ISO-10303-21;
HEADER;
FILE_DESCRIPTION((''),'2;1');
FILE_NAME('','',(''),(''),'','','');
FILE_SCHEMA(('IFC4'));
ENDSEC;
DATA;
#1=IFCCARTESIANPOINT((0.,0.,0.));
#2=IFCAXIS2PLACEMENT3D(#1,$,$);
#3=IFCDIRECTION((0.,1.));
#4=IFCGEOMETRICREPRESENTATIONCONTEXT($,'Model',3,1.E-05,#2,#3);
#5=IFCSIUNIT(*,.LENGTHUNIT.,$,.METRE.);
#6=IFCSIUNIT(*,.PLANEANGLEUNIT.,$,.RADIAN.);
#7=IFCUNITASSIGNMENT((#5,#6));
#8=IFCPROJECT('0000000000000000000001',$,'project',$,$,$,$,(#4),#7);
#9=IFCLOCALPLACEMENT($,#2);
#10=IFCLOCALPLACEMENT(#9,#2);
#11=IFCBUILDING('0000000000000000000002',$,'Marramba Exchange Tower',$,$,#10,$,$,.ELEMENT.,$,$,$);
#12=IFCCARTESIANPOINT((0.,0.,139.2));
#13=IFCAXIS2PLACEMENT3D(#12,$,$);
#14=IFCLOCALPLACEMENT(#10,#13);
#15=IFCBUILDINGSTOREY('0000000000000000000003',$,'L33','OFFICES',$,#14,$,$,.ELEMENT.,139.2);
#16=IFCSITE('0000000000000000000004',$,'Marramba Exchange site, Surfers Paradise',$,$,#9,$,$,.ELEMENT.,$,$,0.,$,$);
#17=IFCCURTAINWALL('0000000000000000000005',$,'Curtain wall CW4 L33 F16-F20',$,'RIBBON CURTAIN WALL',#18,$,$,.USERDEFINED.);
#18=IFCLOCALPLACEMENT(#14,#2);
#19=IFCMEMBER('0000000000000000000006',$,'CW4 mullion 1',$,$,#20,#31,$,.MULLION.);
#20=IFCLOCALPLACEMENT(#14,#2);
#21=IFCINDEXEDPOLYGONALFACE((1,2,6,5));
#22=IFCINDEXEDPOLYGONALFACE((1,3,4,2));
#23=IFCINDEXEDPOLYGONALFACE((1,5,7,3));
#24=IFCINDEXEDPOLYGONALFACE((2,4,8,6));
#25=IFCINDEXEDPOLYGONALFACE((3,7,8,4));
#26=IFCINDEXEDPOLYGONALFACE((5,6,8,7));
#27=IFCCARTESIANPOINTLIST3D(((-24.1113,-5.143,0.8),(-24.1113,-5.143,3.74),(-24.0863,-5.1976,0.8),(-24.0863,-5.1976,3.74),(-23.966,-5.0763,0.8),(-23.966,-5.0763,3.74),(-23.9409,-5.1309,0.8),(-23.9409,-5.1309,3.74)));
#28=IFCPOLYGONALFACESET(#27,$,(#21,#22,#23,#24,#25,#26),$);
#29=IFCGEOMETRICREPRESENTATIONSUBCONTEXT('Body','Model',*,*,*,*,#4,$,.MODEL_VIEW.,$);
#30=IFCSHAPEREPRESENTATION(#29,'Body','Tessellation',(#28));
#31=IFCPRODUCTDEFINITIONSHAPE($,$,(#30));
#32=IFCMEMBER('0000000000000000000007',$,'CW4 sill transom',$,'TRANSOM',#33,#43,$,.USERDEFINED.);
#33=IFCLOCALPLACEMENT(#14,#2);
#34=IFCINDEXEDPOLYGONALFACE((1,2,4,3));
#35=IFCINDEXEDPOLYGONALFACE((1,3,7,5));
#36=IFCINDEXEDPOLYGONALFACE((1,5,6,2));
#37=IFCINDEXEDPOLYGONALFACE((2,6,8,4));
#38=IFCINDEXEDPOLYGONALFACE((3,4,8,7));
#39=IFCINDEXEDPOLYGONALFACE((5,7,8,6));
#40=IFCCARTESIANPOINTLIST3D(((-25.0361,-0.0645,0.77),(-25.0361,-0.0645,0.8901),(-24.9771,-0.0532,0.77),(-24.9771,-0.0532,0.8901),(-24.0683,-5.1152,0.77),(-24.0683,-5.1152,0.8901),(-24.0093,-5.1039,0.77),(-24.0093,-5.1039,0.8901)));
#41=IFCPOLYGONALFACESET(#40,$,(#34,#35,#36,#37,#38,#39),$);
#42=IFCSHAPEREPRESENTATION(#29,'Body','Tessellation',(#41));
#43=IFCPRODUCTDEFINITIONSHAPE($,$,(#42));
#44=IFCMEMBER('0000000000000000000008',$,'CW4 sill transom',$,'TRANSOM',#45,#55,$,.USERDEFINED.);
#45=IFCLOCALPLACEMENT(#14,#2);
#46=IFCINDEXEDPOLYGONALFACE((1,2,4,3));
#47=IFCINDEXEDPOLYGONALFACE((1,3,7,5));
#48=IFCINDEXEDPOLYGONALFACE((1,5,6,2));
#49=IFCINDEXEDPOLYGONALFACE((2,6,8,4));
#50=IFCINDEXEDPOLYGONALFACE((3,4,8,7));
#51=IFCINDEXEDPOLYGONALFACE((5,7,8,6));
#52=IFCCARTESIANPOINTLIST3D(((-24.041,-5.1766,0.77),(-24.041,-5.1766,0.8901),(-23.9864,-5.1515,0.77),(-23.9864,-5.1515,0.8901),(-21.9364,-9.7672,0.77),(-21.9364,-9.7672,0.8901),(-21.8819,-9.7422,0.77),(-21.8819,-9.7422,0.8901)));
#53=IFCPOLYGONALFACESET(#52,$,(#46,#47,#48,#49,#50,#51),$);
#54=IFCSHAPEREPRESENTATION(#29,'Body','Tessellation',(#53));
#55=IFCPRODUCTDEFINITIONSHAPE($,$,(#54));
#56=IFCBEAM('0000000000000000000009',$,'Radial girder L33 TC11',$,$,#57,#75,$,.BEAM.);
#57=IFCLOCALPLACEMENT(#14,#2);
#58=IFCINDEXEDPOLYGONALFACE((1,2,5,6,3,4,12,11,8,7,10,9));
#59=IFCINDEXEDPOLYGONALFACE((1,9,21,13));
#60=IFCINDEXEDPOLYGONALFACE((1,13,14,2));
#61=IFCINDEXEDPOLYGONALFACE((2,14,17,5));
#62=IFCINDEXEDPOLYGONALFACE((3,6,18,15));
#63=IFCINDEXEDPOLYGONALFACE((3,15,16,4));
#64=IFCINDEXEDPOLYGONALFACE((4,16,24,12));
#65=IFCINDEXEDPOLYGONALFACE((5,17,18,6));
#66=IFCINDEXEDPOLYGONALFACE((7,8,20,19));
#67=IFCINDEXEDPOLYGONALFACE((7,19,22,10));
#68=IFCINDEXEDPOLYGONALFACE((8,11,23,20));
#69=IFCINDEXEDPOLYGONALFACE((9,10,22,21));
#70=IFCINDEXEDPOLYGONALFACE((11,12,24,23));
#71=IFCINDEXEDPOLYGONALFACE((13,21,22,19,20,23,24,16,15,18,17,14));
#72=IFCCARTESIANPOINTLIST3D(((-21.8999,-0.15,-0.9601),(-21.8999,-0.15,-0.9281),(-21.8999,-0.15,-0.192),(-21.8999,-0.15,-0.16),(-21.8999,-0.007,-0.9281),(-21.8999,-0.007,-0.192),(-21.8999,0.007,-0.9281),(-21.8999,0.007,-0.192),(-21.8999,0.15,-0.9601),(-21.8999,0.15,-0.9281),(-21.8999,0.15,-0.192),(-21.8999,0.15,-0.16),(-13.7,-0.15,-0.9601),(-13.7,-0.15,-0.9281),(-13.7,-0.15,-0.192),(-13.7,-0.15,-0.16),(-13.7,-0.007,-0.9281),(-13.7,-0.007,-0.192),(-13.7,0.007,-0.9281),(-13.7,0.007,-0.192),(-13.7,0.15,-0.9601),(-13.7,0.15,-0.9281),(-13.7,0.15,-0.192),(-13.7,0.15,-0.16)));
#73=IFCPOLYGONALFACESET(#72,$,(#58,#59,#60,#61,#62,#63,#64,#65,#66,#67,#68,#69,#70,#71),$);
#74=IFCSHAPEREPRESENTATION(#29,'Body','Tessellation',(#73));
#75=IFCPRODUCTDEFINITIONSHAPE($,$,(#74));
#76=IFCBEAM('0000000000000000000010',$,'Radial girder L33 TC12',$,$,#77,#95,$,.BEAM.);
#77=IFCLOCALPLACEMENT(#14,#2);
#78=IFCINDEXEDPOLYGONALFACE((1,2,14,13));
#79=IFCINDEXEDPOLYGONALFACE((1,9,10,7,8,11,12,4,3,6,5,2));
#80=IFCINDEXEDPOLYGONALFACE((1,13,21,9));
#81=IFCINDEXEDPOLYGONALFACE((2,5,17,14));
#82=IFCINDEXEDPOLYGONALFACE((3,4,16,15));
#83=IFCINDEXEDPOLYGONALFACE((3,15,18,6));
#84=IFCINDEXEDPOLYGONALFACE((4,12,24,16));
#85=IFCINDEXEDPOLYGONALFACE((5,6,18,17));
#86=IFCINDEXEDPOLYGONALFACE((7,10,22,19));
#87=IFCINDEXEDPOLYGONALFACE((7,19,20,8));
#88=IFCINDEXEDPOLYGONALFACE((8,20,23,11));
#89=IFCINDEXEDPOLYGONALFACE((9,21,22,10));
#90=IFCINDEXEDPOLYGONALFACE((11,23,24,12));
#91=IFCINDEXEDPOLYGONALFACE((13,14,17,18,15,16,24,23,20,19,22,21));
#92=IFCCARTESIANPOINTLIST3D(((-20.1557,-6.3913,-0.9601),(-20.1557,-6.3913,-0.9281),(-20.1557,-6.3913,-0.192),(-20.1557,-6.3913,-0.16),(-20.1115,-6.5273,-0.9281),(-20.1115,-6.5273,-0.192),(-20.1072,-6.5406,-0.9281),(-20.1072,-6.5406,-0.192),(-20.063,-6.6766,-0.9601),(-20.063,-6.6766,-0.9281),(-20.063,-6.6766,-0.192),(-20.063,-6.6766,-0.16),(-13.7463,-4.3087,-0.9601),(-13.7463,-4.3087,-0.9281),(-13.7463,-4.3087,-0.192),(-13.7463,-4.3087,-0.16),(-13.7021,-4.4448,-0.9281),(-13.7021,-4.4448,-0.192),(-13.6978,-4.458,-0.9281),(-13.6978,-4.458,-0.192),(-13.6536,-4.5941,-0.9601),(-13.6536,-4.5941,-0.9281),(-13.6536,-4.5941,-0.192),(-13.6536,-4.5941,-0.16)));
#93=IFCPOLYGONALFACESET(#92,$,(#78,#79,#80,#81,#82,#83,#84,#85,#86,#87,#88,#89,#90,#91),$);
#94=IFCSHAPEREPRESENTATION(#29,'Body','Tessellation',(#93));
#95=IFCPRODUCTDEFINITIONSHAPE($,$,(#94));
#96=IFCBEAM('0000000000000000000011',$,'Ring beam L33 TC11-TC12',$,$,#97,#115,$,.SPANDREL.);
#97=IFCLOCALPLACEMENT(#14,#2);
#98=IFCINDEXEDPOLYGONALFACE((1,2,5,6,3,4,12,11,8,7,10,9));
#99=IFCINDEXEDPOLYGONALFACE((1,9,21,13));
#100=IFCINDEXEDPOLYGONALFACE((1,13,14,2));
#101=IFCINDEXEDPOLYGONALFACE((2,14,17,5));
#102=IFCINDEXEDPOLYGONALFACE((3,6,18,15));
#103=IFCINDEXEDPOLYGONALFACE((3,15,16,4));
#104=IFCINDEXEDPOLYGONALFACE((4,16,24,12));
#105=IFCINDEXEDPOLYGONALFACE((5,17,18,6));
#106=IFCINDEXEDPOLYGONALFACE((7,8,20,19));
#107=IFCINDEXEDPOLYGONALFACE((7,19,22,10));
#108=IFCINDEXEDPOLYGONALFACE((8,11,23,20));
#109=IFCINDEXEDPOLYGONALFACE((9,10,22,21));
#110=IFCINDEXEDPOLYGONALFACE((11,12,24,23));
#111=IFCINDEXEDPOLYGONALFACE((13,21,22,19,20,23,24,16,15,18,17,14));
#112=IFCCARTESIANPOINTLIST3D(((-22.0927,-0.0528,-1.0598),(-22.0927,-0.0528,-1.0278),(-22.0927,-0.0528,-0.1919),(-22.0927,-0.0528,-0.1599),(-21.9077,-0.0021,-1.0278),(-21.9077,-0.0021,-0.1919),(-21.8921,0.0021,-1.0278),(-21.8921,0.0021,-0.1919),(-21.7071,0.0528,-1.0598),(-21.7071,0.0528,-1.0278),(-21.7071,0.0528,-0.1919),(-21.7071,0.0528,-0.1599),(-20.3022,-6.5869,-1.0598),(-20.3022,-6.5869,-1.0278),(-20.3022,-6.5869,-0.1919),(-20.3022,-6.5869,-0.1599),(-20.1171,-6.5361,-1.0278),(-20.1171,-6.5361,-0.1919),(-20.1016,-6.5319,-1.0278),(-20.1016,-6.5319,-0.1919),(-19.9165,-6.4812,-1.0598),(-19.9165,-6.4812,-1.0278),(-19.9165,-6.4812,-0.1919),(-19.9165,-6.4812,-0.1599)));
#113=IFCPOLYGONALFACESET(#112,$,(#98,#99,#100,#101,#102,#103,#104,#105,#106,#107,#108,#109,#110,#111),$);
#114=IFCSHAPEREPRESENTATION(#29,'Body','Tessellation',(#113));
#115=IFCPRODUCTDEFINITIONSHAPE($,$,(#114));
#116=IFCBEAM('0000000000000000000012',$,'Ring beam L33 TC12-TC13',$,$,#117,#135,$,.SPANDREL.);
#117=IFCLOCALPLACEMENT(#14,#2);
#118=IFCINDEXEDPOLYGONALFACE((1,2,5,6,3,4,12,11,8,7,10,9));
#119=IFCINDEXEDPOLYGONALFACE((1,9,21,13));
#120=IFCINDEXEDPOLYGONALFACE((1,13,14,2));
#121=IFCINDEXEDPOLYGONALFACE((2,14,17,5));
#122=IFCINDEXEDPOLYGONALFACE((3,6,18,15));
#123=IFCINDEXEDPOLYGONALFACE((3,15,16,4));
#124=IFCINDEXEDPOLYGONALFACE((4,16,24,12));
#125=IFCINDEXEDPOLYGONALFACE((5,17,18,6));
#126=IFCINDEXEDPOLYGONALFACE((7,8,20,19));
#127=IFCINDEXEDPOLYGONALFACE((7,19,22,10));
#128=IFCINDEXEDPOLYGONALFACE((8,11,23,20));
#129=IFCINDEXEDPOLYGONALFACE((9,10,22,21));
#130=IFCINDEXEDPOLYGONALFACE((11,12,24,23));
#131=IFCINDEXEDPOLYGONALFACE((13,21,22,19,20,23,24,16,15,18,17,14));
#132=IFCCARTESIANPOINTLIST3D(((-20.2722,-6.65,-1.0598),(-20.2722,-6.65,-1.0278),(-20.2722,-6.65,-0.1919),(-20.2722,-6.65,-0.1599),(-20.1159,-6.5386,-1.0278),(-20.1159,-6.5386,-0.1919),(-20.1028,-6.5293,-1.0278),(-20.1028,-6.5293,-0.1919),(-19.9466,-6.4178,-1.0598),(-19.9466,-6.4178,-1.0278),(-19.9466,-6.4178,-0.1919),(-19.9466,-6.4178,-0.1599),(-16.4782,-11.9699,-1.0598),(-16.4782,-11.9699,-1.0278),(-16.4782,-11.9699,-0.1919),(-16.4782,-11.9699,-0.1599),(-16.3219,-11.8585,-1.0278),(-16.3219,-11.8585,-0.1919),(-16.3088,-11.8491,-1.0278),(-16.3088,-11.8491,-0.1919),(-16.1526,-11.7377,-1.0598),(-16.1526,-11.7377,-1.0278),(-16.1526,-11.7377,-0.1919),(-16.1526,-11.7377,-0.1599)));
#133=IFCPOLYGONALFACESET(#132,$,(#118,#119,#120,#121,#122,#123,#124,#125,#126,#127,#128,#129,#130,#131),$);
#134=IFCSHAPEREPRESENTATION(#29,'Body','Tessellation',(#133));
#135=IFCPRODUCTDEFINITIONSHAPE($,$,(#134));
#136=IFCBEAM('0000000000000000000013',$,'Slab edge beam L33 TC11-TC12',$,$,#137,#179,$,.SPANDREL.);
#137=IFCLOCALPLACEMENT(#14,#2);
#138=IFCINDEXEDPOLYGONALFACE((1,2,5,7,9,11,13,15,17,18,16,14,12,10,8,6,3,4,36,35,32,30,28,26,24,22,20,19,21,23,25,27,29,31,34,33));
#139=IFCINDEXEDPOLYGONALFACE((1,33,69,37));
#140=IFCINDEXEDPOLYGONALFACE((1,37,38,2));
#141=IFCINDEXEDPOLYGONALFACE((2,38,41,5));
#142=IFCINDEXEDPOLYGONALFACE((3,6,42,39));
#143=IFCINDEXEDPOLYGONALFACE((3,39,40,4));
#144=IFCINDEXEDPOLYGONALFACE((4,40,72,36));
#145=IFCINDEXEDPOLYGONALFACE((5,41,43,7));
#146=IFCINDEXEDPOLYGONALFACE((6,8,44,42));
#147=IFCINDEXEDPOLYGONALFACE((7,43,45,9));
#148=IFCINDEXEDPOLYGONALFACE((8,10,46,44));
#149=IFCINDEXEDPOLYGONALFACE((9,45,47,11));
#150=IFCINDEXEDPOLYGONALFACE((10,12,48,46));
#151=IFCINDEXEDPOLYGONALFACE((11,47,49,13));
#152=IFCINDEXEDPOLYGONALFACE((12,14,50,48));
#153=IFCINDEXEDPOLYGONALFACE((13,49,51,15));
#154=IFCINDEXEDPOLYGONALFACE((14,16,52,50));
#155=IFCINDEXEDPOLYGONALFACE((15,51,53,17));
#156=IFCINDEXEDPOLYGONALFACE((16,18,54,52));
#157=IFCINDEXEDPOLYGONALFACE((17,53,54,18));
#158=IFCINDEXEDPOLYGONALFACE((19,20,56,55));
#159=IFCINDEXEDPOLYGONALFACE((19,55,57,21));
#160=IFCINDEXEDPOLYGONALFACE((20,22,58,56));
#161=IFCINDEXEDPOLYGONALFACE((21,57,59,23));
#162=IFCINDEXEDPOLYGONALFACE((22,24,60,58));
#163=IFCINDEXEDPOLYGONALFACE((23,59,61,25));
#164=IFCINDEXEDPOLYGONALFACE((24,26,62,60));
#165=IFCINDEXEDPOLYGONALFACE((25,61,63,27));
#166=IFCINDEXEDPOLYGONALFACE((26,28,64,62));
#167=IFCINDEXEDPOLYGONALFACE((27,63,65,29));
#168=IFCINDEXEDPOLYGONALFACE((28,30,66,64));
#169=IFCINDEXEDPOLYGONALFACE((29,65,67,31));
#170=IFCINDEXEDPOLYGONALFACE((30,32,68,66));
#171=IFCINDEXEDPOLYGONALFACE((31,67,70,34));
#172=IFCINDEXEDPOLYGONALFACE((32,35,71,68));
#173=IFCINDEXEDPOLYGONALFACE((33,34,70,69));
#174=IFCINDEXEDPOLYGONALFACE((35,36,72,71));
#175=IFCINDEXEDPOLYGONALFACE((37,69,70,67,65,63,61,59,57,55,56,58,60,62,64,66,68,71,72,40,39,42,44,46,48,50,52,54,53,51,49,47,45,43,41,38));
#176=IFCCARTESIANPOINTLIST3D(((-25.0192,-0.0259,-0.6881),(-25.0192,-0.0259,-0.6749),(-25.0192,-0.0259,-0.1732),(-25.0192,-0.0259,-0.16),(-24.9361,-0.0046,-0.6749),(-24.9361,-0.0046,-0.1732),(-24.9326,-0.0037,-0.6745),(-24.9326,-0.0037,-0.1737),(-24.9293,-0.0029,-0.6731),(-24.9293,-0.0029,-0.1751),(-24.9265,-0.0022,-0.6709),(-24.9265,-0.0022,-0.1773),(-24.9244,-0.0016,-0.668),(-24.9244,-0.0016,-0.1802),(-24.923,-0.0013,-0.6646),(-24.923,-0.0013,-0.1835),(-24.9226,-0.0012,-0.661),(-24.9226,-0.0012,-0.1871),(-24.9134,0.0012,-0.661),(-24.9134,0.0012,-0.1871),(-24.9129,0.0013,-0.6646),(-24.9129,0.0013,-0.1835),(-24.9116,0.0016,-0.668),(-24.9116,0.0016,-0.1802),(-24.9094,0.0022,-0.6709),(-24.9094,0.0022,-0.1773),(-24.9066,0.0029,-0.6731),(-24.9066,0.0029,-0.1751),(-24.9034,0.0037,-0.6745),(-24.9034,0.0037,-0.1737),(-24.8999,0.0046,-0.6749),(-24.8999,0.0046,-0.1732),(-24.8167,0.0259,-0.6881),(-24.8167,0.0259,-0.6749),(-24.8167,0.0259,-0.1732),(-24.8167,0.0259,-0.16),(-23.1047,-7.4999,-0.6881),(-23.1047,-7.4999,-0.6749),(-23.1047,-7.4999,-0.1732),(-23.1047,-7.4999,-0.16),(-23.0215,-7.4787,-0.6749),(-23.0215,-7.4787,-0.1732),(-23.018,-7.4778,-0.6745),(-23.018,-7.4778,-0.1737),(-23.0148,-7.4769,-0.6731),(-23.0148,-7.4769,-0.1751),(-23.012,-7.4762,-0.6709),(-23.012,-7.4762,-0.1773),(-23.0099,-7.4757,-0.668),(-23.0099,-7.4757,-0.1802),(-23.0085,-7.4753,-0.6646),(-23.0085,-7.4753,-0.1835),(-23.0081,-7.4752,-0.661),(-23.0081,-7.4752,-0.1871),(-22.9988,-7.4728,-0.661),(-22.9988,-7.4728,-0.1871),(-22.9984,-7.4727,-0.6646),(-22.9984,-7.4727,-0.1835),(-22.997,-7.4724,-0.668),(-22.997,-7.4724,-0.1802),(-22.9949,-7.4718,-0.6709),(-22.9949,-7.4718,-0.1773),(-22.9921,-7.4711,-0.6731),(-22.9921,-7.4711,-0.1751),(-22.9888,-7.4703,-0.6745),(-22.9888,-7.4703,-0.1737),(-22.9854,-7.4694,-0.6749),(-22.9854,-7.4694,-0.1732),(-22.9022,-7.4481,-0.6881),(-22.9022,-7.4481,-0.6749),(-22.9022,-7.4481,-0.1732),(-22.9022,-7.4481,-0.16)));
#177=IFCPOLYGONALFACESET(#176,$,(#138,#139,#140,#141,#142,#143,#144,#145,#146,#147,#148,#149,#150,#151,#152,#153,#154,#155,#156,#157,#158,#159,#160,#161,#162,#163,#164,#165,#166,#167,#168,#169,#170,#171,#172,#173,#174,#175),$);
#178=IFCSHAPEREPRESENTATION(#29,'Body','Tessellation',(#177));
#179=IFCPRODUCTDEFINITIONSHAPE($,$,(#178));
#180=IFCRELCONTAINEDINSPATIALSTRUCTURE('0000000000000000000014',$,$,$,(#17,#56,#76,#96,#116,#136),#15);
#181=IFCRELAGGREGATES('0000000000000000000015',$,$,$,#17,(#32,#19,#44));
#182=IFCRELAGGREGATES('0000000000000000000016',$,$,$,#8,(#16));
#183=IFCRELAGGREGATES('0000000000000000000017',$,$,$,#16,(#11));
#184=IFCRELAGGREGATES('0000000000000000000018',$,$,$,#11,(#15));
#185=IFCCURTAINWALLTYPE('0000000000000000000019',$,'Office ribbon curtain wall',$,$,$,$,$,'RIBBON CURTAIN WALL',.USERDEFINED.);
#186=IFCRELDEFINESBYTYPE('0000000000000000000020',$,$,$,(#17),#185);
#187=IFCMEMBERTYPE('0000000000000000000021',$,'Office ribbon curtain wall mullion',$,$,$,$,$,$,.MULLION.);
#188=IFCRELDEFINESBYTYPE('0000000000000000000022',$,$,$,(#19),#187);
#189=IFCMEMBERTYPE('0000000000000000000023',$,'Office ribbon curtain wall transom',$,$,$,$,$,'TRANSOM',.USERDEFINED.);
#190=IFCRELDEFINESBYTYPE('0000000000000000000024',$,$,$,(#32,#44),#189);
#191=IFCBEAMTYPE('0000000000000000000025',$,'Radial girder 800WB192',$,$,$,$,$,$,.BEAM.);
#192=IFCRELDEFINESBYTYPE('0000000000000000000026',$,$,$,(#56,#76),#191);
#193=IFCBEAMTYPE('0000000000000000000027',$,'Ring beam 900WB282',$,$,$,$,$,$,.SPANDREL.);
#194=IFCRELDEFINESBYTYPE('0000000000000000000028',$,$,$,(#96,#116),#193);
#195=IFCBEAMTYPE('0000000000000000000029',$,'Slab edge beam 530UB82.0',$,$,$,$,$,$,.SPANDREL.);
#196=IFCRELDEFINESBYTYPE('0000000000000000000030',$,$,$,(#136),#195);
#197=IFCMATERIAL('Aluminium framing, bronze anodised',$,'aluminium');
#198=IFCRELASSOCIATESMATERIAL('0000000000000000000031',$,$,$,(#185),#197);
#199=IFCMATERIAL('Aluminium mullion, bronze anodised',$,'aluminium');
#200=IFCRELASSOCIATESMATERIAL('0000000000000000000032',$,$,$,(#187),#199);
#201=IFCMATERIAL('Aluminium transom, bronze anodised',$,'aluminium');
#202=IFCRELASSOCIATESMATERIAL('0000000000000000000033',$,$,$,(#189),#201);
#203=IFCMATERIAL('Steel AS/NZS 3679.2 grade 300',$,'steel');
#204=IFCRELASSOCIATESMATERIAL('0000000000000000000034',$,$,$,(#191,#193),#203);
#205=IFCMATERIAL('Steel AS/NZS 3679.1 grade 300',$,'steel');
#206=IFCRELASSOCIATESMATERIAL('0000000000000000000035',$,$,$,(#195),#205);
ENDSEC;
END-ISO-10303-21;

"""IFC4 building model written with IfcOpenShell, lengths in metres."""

from ifc_helpers import new_model, si_unit, direction, frame, origin, origin_2d, place, context, subcontext, project, spatial, rectangle, i_section, extrude, material, material_profile, profile_set, type_object, element, aggregate, save


model = new_model("IFC4")

# Units and contexts
model_context = context("Model", 3, precision=1e-05, world=origin(), true_north=direction((0.0, 1.0)))
body_context = subcontext(model_context, "Body", "Model", "MODEL_VIEW")
ifc_project = project(units=[si_unit("LENGTHUNIT", "METRE"), si_unit("PLANEANGLEUNIT", "RADIAN")], contexts=[model_context])

# Site, building, storey
site_placement = place(None, origin())
site = spatial("IfcSite", under=ifc_project, at=site_placement, Name="Marramba Exchange site, Surfers Paradise", CompositionType="ELEMENT", RefElevation=0.0)
building_placement = place(site_placement, origin())
building = spatial("IfcBuilding", under=site, at=building_placement, Name="Marramba Exchange Tower", CompositionType="ELEMENT")
storey_placement = place(building_placement, frame((0.0, 0.0, 139.2)))
storey = spatial("IfcBuildingStorey", under=building, at=storey_placement, Name="L33", Description="OFFICES", CompositionType="ELEMENT", Elevation=139.2)

# Shared definitions
ifc_material_1 = material(Name="Steel AS/NZS 3679.2 grade 300", Category="steel")
ifc_material_2 = material(Name="Steel AS/NZS 3679.1 grade 300", Category="steel")

# Curtain wall, members
ifc_material_3 = material(Name="Aluminium framing, bronze anodised", Category="aluminium")
curtain_wall_type = type_object("IfcCurtainWallType", Name="Office ribbon curtain wall", ElementType="RIBBON CURTAIN WALL", PredefinedType="USERDEFINED", material=ifc_material_3)
curtain_wall_placement = place(storey_placement, origin())
curtain_wall = element("IfcCurtainWall", 1, at=curtain_wall_placement, inside=storey, type_object=curtain_wall_type, Name="Curtain wall CW4 L33 F16-F20", ObjectType="RIBBON CURTAIN WALL", PredefinedType="USERDEFINED")
ifc_material_4 = material(Name="Aluminium mullion, bronze anodised", Category="aluminium")
ifc_material_profile_1 = material_profile(ifc_material_4, rectangle(XDim=0.1599, YDim=0.0601, at=origin_2d()), Name="CW4 mullion 60x160")
ifc_profile_set_1 = profile_set([ifc_material_profile_1], Name="Aluminium mullion, bronze anodised")
member_type_1 = type_object("IfcMemberType", Name="Office ribbon curtain wall mullion", PredefinedType="MULLION", material=ifc_profile_set_1)
member_1_placement = place(storey_placement, frame((-24.0261, -5.137, 0.8), z_axis=(0.0, 0.0, 1.0), x_axis=(0.909027, 0.416738, 0.0)))
member_1 = element("IfcMember", 2, at=member_1_placement, type_object=member_type_1, Name="CW4 mullion 1", PredefinedType="MULLION", context=body_context, shape_type="SweptSolid", body=[
    extrude(rectangle(XDim=0.1599, YDim=0.0601, at=origin_2d()), origin(), (0.0, 0.0, 1.0), 2.9399),
])
ifc_material_5 = material(Name="Aluminium transom, bronze anodised", Category="aluminium")
ifc_material_profile_2 = material_profile(ifc_material_5, rectangle(XDim=0.0601, YDim=0.1201, at=origin_2d()), Name="CW4 transom 60x120")
ifc_profile_set_2 = profile_set([ifc_material_profile_2], Name="Aluminium transom, bronze anodised")
member_type_2 = type_object("IfcMemberType", Name="Office ribbon curtain wall transom", ElementType="TRANSOM", PredefinedType="USERDEFINED", material=ifc_profile_set_2)
member_2_placement = place(storey_placement, frame((-25.0066, -0.0588, 0.8301), z_axis=(0.188185, -0.982134, 0.0), x_axis=(0.982134, 0.188185, 0.0)))
member_2 = element("IfcMember", 3, at=member_2_placement, type_object=member_type_2, Name="CW4 sill transom", ObjectType="TRANSOM", PredefinedType="USERDEFINED", context=body_context, shape_type="SweptSolid", body=[
    extrude(rectangle(XDim=0.0601, YDim=0.1201, at=origin_2d()), origin(), (0.0, 0.0, 1.0), 5.1426),
])
member_3_placement = place(storey_placement, frame((-24.0137, -5.1641, 0.8301), z_axis=(0.416733, -0.909029, 0.0), x_axis=(0.909029, 0.416733, 0.0)))
member_3 = element("IfcMember", 4, at=member_3_placement, type_object=member_type_2, Name="CW4 sill transom", ObjectType="TRANSOM", PredefinedType="USERDEFINED", context=body_context, shape_type="SweptSolid", body=[
    extrude(rectangle(XDim=0.0601, YDim=0.1201, at=origin_2d()), origin(), (0.0, 0.0, 1.0), 5.05),
])

# Beams
ifc_material_profile_3 = material_profile(ifc_material_1, i_section(OverallWidth=0.3, OverallDepth=0.8, WebThickness=0.0139, FlangeThickness=0.032, at=origin_2d()), Name="800WB192")
ifc_profile_set_3 = profile_set([ifc_material_profile_3], Name="Steel AS/NZS 3679.2 grade 300")
beam_type_1 = type_object("IfcBeamType", Name="Radial girder 800WB192", PredefinedType="BEAM", material=ifc_profile_set_3)
beam_1_placement = place(storey_placement, frame((-13.7, 0.0, -0.5601), z_axis=(-1.0, 0.0, 0.0), x_axis=(0.0, -1.0, 0.0)))
element("IfcBeam", 5, at=beam_1_placement, inside=storey, type_object=beam_type_1, Name="Radial girder L33 TC11", PredefinedType="BEAM", context=body_context, shape_type="SweptSolid", body=[
    extrude(i_section(OverallWidth=0.3, OverallDepth=0.8, WebThickness=0.0139, FlangeThickness=0.032, at=origin_2d()), origin(), (0.0, 0.0, 1.0), 8.2),
])
beam_2_placement = place(storey_placement, frame((-13.7, -4.4514, -0.5601), z_axis=(-0.951058, -0.309013, 0.0), x_axis=(0.309013, -0.951058, 0.0)))
element("IfcBeam", 6, at=beam_2_placement, inside=storey, type_object=beam_type_1, Name="Radial girder L33 TC12", PredefinedType="BEAM", context=body_context, shape_type="SweptSolid", body=[
    extrude(i_section(OverallWidth=0.3, OverallDepth=0.8, WebThickness=0.0139, FlangeThickness=0.032, at=origin_2d()), origin(), (0.0, 0.0, 1.0), 6.7393),
])
ifc_material_profile_4 = material_profile(ifc_material_1, i_section(OverallWidth=0.3999, OverallDepth=0.8999, WebThickness=0.0161, FlangeThickness=0.032, at=origin_2d()), Name="900WB282")
ifc_profile_set_4 = profile_set([ifc_material_profile_4], Name="Steel AS/NZS 3679.2 grade 300")
beam_type_2 = type_object("IfcBeamType", Name="Ring beam 900WB282", PredefinedType="SPANDREL", material=ifc_profile_set_4)
beam_3_placement = place(storey_placement, frame((-21.8999, 0.0, -0.6099), z_axis=(0.264291, -0.964443, 0.0), x_axis=(0.964443, 0.264291, 0.0)))
element("IfcBeam", 7, at=beam_3_placement, inside=storey, type_object=beam_type_2, Name="Ring beam L33 TC11-TC12", PredefinedType="SPANDREL", context=body_context, shape_type="SweptSolid", body=[
    extrude(i_section(OverallWidth=0.3999, OverallDepth=0.8999, WebThickness=0.0161, FlangeThickness=0.032, at=origin_2d()), origin(), (0.0, 0.0, 1.0), 6.7749),
])
beam_4_placement = place(storey_placement, frame((-20.1094, -6.5339, -0.6099), z_axis=(0.580637, -0.814162, 0.0), x_axis=(0.814162, 0.580637, 0.0)))
element("IfcBeam", 8, at=beam_4_placement, inside=storey, type_object=beam_type_2, Name="Ring beam L33 TC12-TC13", PredefinedType="SPANDREL", context=body_context, shape_type="SweptSolid", body=[
    extrude(i_section(OverallWidth=0.3999, OverallDepth=0.8999, WebThickness=0.0161, FlangeThickness=0.032, at=origin_2d()), origin(), (0.0, 0.0, 1.0), 6.5342),
])
ifc_material_profile_5 = material_profile(ifc_material_2, i_section(OverallWidth=0.209, OverallDepth=0.5281, WebThickness=0.0095, FlangeThickness=0.0132, FilletRadius=0.0139, at=origin_2d()), Name="530UB82.0")
ifc_profile_set_5 = profile_set([ifc_material_profile_5], Name="Steel AS/NZS 3679.1 grade 300")
beam_type_3 = type_object("IfcBeamType", Name="Slab edge beam 530UB82.0", PredefinedType="SPANDREL", material=ifc_profile_set_5)
beam_5_placement = place(storey_placement, frame((-24.918, 0.0, -0.4241), z_axis=(0.248145, -0.968723, 0.0), x_axis=(0.968723, 0.248145, 0.0)))
element("IfcBeam", 9, at=beam_5_placement, inside=storey, type_object=beam_type_3, Name="Slab edge beam L33 TC11-TC12", PredefinedType="SPANDREL", context=body_context, shape_type="SweptSolid", body=[
    extrude(i_section(OverallWidth=0.209, OverallDepth=0.5281, WebThickness=0.0095, FlangeThickness=0.0132, FilletRadius=0.0139, at=origin_2d()), origin(), (0.0, 0.0, 1.0), 7.7153),
])

aggregate(curtain_wall, [member_2, member_1, member_3])

save(model, "model.ifc")
